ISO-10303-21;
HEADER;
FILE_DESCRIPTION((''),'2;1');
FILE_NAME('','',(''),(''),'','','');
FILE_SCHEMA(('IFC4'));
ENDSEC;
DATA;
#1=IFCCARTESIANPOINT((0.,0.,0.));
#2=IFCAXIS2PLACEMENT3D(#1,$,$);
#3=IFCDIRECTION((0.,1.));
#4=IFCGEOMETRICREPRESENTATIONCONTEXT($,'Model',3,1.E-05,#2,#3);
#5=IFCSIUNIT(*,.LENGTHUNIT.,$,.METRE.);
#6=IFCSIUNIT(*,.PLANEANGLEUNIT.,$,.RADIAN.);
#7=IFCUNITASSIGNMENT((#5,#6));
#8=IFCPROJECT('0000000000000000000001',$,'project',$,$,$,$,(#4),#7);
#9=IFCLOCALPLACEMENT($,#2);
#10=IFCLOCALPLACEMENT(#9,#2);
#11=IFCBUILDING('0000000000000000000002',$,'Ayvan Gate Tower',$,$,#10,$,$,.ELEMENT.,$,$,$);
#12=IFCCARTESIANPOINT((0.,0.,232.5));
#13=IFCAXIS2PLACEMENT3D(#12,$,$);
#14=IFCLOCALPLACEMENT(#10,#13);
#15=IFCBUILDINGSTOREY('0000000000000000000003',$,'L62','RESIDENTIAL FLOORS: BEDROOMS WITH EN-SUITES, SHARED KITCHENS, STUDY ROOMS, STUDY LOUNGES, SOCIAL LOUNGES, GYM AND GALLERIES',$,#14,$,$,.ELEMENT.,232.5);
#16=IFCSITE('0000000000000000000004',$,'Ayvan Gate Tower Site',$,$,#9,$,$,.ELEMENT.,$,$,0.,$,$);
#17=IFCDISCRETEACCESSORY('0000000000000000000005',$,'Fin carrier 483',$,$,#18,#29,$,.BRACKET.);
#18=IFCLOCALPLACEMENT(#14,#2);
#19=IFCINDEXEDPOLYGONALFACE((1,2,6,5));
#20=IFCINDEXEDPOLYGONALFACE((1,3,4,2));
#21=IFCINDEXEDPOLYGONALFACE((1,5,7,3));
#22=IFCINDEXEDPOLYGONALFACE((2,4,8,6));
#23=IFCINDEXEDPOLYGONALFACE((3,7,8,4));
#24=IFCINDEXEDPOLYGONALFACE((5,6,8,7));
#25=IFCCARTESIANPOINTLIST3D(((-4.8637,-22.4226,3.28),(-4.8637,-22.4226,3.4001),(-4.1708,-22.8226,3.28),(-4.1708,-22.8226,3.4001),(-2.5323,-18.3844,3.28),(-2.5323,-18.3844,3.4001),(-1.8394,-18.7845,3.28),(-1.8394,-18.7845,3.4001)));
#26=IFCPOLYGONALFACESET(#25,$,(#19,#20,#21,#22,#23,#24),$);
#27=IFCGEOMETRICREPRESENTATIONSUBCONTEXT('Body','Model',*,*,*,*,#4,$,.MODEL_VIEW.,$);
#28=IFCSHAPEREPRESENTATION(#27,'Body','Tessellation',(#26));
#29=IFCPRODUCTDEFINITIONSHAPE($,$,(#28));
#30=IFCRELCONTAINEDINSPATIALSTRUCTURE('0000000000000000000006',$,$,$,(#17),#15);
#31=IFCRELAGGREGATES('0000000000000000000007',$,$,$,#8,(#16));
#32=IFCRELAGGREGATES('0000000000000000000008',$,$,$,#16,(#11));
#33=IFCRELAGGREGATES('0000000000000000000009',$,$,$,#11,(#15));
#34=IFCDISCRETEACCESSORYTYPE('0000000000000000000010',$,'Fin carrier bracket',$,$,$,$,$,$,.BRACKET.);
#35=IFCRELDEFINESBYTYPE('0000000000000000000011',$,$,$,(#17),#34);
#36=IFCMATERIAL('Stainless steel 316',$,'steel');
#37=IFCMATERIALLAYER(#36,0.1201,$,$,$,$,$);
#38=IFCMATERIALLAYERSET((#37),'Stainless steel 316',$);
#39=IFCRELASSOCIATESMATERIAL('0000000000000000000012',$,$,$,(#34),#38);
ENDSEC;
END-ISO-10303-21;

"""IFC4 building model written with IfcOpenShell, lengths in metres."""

from ifc_helpers import new_model, si_unit, direction, frame, origin, origin_2d, place, context, subcontext, project, spatial, rectangle, extrude, material, layer, layer_set, type_object, element, save


model = new_model("IFC4")

# Units and contexts
model_context = context("Model", 3, precision=1e-05, world=origin(), true_north=direction((0.0, 1.0)))
body_context = subcontext(model_context, "Body", "Model", "MODEL_VIEW")
ifc_project = project(units=[si_unit("LENGTHUNIT", "METRE"), si_unit("PLANEANGLEUNIT", "RADIAN")], contexts=[model_context])

# Site, building, storey
site_placement = place(None, origin())
site = spatial("IfcSite", under=ifc_project, at=site_placement, Name="Ayvan Gate Tower Site", CompositionType="ELEMENT", RefElevation=0.0)
building_placement = place(site_placement, origin())
building = spatial("IfcBuilding", under=site, at=building_placement, Name="Ayvan Gate Tower", CompositionType="ELEMENT")
storey_placement = place(building_placement, frame((0.0, 0.0, 232.5)))
storey = spatial("IfcBuildingStorey", under=building, at=storey_placement, Name="L62", Description="RESIDENTIAL FLOORS: BEDROOMS WITH EN-SUITES, SHARED KITCHENS, STUDY ROOMS, STUDY LOUNGES, SOCIAL LOUNGES, GYM AND GALLERIES", CompositionType="ELEMENT", Elevation=232.5)

# Discrete accessory
ifc_material_1 = material(Name="Stainless steel 316", Category="steel")
ifc_layer_1 = layer(ifc_material_1, 0.1201)
ifc_layer_set_1 = layer_set([ifc_layer_1], Name="Stainless steel 316")
discrete_accessory_type = type_object("IfcDiscreteAccessoryType", Name="Fin carrier bracket", PredefinedType="BRACKET", material=ifc_layer_set_1)
discrete_accessory_1_placement = place(storey_placement, frame((-3.3516, -20.6035, 3.28), z_axis=(0.0, 0.0, 1.0), x_axis=(0.866025, -0.5, 0.0)))
element("IfcDiscreteAccessory", 1, at=discrete_accessory_1_placement, inside=storey, type_object=discrete_accessory_type, Name="Fin carrier 483", PredefinedType="BRACKET", context=body_context, shape_type="SweptSolid", body=[
    extrude(rectangle(XDim=0.8, YDim=4.6628, at=origin_2d()), origin(), (0.0, 0.0, 1.0), 0.1201),
])

save(model, "model.ifc")
